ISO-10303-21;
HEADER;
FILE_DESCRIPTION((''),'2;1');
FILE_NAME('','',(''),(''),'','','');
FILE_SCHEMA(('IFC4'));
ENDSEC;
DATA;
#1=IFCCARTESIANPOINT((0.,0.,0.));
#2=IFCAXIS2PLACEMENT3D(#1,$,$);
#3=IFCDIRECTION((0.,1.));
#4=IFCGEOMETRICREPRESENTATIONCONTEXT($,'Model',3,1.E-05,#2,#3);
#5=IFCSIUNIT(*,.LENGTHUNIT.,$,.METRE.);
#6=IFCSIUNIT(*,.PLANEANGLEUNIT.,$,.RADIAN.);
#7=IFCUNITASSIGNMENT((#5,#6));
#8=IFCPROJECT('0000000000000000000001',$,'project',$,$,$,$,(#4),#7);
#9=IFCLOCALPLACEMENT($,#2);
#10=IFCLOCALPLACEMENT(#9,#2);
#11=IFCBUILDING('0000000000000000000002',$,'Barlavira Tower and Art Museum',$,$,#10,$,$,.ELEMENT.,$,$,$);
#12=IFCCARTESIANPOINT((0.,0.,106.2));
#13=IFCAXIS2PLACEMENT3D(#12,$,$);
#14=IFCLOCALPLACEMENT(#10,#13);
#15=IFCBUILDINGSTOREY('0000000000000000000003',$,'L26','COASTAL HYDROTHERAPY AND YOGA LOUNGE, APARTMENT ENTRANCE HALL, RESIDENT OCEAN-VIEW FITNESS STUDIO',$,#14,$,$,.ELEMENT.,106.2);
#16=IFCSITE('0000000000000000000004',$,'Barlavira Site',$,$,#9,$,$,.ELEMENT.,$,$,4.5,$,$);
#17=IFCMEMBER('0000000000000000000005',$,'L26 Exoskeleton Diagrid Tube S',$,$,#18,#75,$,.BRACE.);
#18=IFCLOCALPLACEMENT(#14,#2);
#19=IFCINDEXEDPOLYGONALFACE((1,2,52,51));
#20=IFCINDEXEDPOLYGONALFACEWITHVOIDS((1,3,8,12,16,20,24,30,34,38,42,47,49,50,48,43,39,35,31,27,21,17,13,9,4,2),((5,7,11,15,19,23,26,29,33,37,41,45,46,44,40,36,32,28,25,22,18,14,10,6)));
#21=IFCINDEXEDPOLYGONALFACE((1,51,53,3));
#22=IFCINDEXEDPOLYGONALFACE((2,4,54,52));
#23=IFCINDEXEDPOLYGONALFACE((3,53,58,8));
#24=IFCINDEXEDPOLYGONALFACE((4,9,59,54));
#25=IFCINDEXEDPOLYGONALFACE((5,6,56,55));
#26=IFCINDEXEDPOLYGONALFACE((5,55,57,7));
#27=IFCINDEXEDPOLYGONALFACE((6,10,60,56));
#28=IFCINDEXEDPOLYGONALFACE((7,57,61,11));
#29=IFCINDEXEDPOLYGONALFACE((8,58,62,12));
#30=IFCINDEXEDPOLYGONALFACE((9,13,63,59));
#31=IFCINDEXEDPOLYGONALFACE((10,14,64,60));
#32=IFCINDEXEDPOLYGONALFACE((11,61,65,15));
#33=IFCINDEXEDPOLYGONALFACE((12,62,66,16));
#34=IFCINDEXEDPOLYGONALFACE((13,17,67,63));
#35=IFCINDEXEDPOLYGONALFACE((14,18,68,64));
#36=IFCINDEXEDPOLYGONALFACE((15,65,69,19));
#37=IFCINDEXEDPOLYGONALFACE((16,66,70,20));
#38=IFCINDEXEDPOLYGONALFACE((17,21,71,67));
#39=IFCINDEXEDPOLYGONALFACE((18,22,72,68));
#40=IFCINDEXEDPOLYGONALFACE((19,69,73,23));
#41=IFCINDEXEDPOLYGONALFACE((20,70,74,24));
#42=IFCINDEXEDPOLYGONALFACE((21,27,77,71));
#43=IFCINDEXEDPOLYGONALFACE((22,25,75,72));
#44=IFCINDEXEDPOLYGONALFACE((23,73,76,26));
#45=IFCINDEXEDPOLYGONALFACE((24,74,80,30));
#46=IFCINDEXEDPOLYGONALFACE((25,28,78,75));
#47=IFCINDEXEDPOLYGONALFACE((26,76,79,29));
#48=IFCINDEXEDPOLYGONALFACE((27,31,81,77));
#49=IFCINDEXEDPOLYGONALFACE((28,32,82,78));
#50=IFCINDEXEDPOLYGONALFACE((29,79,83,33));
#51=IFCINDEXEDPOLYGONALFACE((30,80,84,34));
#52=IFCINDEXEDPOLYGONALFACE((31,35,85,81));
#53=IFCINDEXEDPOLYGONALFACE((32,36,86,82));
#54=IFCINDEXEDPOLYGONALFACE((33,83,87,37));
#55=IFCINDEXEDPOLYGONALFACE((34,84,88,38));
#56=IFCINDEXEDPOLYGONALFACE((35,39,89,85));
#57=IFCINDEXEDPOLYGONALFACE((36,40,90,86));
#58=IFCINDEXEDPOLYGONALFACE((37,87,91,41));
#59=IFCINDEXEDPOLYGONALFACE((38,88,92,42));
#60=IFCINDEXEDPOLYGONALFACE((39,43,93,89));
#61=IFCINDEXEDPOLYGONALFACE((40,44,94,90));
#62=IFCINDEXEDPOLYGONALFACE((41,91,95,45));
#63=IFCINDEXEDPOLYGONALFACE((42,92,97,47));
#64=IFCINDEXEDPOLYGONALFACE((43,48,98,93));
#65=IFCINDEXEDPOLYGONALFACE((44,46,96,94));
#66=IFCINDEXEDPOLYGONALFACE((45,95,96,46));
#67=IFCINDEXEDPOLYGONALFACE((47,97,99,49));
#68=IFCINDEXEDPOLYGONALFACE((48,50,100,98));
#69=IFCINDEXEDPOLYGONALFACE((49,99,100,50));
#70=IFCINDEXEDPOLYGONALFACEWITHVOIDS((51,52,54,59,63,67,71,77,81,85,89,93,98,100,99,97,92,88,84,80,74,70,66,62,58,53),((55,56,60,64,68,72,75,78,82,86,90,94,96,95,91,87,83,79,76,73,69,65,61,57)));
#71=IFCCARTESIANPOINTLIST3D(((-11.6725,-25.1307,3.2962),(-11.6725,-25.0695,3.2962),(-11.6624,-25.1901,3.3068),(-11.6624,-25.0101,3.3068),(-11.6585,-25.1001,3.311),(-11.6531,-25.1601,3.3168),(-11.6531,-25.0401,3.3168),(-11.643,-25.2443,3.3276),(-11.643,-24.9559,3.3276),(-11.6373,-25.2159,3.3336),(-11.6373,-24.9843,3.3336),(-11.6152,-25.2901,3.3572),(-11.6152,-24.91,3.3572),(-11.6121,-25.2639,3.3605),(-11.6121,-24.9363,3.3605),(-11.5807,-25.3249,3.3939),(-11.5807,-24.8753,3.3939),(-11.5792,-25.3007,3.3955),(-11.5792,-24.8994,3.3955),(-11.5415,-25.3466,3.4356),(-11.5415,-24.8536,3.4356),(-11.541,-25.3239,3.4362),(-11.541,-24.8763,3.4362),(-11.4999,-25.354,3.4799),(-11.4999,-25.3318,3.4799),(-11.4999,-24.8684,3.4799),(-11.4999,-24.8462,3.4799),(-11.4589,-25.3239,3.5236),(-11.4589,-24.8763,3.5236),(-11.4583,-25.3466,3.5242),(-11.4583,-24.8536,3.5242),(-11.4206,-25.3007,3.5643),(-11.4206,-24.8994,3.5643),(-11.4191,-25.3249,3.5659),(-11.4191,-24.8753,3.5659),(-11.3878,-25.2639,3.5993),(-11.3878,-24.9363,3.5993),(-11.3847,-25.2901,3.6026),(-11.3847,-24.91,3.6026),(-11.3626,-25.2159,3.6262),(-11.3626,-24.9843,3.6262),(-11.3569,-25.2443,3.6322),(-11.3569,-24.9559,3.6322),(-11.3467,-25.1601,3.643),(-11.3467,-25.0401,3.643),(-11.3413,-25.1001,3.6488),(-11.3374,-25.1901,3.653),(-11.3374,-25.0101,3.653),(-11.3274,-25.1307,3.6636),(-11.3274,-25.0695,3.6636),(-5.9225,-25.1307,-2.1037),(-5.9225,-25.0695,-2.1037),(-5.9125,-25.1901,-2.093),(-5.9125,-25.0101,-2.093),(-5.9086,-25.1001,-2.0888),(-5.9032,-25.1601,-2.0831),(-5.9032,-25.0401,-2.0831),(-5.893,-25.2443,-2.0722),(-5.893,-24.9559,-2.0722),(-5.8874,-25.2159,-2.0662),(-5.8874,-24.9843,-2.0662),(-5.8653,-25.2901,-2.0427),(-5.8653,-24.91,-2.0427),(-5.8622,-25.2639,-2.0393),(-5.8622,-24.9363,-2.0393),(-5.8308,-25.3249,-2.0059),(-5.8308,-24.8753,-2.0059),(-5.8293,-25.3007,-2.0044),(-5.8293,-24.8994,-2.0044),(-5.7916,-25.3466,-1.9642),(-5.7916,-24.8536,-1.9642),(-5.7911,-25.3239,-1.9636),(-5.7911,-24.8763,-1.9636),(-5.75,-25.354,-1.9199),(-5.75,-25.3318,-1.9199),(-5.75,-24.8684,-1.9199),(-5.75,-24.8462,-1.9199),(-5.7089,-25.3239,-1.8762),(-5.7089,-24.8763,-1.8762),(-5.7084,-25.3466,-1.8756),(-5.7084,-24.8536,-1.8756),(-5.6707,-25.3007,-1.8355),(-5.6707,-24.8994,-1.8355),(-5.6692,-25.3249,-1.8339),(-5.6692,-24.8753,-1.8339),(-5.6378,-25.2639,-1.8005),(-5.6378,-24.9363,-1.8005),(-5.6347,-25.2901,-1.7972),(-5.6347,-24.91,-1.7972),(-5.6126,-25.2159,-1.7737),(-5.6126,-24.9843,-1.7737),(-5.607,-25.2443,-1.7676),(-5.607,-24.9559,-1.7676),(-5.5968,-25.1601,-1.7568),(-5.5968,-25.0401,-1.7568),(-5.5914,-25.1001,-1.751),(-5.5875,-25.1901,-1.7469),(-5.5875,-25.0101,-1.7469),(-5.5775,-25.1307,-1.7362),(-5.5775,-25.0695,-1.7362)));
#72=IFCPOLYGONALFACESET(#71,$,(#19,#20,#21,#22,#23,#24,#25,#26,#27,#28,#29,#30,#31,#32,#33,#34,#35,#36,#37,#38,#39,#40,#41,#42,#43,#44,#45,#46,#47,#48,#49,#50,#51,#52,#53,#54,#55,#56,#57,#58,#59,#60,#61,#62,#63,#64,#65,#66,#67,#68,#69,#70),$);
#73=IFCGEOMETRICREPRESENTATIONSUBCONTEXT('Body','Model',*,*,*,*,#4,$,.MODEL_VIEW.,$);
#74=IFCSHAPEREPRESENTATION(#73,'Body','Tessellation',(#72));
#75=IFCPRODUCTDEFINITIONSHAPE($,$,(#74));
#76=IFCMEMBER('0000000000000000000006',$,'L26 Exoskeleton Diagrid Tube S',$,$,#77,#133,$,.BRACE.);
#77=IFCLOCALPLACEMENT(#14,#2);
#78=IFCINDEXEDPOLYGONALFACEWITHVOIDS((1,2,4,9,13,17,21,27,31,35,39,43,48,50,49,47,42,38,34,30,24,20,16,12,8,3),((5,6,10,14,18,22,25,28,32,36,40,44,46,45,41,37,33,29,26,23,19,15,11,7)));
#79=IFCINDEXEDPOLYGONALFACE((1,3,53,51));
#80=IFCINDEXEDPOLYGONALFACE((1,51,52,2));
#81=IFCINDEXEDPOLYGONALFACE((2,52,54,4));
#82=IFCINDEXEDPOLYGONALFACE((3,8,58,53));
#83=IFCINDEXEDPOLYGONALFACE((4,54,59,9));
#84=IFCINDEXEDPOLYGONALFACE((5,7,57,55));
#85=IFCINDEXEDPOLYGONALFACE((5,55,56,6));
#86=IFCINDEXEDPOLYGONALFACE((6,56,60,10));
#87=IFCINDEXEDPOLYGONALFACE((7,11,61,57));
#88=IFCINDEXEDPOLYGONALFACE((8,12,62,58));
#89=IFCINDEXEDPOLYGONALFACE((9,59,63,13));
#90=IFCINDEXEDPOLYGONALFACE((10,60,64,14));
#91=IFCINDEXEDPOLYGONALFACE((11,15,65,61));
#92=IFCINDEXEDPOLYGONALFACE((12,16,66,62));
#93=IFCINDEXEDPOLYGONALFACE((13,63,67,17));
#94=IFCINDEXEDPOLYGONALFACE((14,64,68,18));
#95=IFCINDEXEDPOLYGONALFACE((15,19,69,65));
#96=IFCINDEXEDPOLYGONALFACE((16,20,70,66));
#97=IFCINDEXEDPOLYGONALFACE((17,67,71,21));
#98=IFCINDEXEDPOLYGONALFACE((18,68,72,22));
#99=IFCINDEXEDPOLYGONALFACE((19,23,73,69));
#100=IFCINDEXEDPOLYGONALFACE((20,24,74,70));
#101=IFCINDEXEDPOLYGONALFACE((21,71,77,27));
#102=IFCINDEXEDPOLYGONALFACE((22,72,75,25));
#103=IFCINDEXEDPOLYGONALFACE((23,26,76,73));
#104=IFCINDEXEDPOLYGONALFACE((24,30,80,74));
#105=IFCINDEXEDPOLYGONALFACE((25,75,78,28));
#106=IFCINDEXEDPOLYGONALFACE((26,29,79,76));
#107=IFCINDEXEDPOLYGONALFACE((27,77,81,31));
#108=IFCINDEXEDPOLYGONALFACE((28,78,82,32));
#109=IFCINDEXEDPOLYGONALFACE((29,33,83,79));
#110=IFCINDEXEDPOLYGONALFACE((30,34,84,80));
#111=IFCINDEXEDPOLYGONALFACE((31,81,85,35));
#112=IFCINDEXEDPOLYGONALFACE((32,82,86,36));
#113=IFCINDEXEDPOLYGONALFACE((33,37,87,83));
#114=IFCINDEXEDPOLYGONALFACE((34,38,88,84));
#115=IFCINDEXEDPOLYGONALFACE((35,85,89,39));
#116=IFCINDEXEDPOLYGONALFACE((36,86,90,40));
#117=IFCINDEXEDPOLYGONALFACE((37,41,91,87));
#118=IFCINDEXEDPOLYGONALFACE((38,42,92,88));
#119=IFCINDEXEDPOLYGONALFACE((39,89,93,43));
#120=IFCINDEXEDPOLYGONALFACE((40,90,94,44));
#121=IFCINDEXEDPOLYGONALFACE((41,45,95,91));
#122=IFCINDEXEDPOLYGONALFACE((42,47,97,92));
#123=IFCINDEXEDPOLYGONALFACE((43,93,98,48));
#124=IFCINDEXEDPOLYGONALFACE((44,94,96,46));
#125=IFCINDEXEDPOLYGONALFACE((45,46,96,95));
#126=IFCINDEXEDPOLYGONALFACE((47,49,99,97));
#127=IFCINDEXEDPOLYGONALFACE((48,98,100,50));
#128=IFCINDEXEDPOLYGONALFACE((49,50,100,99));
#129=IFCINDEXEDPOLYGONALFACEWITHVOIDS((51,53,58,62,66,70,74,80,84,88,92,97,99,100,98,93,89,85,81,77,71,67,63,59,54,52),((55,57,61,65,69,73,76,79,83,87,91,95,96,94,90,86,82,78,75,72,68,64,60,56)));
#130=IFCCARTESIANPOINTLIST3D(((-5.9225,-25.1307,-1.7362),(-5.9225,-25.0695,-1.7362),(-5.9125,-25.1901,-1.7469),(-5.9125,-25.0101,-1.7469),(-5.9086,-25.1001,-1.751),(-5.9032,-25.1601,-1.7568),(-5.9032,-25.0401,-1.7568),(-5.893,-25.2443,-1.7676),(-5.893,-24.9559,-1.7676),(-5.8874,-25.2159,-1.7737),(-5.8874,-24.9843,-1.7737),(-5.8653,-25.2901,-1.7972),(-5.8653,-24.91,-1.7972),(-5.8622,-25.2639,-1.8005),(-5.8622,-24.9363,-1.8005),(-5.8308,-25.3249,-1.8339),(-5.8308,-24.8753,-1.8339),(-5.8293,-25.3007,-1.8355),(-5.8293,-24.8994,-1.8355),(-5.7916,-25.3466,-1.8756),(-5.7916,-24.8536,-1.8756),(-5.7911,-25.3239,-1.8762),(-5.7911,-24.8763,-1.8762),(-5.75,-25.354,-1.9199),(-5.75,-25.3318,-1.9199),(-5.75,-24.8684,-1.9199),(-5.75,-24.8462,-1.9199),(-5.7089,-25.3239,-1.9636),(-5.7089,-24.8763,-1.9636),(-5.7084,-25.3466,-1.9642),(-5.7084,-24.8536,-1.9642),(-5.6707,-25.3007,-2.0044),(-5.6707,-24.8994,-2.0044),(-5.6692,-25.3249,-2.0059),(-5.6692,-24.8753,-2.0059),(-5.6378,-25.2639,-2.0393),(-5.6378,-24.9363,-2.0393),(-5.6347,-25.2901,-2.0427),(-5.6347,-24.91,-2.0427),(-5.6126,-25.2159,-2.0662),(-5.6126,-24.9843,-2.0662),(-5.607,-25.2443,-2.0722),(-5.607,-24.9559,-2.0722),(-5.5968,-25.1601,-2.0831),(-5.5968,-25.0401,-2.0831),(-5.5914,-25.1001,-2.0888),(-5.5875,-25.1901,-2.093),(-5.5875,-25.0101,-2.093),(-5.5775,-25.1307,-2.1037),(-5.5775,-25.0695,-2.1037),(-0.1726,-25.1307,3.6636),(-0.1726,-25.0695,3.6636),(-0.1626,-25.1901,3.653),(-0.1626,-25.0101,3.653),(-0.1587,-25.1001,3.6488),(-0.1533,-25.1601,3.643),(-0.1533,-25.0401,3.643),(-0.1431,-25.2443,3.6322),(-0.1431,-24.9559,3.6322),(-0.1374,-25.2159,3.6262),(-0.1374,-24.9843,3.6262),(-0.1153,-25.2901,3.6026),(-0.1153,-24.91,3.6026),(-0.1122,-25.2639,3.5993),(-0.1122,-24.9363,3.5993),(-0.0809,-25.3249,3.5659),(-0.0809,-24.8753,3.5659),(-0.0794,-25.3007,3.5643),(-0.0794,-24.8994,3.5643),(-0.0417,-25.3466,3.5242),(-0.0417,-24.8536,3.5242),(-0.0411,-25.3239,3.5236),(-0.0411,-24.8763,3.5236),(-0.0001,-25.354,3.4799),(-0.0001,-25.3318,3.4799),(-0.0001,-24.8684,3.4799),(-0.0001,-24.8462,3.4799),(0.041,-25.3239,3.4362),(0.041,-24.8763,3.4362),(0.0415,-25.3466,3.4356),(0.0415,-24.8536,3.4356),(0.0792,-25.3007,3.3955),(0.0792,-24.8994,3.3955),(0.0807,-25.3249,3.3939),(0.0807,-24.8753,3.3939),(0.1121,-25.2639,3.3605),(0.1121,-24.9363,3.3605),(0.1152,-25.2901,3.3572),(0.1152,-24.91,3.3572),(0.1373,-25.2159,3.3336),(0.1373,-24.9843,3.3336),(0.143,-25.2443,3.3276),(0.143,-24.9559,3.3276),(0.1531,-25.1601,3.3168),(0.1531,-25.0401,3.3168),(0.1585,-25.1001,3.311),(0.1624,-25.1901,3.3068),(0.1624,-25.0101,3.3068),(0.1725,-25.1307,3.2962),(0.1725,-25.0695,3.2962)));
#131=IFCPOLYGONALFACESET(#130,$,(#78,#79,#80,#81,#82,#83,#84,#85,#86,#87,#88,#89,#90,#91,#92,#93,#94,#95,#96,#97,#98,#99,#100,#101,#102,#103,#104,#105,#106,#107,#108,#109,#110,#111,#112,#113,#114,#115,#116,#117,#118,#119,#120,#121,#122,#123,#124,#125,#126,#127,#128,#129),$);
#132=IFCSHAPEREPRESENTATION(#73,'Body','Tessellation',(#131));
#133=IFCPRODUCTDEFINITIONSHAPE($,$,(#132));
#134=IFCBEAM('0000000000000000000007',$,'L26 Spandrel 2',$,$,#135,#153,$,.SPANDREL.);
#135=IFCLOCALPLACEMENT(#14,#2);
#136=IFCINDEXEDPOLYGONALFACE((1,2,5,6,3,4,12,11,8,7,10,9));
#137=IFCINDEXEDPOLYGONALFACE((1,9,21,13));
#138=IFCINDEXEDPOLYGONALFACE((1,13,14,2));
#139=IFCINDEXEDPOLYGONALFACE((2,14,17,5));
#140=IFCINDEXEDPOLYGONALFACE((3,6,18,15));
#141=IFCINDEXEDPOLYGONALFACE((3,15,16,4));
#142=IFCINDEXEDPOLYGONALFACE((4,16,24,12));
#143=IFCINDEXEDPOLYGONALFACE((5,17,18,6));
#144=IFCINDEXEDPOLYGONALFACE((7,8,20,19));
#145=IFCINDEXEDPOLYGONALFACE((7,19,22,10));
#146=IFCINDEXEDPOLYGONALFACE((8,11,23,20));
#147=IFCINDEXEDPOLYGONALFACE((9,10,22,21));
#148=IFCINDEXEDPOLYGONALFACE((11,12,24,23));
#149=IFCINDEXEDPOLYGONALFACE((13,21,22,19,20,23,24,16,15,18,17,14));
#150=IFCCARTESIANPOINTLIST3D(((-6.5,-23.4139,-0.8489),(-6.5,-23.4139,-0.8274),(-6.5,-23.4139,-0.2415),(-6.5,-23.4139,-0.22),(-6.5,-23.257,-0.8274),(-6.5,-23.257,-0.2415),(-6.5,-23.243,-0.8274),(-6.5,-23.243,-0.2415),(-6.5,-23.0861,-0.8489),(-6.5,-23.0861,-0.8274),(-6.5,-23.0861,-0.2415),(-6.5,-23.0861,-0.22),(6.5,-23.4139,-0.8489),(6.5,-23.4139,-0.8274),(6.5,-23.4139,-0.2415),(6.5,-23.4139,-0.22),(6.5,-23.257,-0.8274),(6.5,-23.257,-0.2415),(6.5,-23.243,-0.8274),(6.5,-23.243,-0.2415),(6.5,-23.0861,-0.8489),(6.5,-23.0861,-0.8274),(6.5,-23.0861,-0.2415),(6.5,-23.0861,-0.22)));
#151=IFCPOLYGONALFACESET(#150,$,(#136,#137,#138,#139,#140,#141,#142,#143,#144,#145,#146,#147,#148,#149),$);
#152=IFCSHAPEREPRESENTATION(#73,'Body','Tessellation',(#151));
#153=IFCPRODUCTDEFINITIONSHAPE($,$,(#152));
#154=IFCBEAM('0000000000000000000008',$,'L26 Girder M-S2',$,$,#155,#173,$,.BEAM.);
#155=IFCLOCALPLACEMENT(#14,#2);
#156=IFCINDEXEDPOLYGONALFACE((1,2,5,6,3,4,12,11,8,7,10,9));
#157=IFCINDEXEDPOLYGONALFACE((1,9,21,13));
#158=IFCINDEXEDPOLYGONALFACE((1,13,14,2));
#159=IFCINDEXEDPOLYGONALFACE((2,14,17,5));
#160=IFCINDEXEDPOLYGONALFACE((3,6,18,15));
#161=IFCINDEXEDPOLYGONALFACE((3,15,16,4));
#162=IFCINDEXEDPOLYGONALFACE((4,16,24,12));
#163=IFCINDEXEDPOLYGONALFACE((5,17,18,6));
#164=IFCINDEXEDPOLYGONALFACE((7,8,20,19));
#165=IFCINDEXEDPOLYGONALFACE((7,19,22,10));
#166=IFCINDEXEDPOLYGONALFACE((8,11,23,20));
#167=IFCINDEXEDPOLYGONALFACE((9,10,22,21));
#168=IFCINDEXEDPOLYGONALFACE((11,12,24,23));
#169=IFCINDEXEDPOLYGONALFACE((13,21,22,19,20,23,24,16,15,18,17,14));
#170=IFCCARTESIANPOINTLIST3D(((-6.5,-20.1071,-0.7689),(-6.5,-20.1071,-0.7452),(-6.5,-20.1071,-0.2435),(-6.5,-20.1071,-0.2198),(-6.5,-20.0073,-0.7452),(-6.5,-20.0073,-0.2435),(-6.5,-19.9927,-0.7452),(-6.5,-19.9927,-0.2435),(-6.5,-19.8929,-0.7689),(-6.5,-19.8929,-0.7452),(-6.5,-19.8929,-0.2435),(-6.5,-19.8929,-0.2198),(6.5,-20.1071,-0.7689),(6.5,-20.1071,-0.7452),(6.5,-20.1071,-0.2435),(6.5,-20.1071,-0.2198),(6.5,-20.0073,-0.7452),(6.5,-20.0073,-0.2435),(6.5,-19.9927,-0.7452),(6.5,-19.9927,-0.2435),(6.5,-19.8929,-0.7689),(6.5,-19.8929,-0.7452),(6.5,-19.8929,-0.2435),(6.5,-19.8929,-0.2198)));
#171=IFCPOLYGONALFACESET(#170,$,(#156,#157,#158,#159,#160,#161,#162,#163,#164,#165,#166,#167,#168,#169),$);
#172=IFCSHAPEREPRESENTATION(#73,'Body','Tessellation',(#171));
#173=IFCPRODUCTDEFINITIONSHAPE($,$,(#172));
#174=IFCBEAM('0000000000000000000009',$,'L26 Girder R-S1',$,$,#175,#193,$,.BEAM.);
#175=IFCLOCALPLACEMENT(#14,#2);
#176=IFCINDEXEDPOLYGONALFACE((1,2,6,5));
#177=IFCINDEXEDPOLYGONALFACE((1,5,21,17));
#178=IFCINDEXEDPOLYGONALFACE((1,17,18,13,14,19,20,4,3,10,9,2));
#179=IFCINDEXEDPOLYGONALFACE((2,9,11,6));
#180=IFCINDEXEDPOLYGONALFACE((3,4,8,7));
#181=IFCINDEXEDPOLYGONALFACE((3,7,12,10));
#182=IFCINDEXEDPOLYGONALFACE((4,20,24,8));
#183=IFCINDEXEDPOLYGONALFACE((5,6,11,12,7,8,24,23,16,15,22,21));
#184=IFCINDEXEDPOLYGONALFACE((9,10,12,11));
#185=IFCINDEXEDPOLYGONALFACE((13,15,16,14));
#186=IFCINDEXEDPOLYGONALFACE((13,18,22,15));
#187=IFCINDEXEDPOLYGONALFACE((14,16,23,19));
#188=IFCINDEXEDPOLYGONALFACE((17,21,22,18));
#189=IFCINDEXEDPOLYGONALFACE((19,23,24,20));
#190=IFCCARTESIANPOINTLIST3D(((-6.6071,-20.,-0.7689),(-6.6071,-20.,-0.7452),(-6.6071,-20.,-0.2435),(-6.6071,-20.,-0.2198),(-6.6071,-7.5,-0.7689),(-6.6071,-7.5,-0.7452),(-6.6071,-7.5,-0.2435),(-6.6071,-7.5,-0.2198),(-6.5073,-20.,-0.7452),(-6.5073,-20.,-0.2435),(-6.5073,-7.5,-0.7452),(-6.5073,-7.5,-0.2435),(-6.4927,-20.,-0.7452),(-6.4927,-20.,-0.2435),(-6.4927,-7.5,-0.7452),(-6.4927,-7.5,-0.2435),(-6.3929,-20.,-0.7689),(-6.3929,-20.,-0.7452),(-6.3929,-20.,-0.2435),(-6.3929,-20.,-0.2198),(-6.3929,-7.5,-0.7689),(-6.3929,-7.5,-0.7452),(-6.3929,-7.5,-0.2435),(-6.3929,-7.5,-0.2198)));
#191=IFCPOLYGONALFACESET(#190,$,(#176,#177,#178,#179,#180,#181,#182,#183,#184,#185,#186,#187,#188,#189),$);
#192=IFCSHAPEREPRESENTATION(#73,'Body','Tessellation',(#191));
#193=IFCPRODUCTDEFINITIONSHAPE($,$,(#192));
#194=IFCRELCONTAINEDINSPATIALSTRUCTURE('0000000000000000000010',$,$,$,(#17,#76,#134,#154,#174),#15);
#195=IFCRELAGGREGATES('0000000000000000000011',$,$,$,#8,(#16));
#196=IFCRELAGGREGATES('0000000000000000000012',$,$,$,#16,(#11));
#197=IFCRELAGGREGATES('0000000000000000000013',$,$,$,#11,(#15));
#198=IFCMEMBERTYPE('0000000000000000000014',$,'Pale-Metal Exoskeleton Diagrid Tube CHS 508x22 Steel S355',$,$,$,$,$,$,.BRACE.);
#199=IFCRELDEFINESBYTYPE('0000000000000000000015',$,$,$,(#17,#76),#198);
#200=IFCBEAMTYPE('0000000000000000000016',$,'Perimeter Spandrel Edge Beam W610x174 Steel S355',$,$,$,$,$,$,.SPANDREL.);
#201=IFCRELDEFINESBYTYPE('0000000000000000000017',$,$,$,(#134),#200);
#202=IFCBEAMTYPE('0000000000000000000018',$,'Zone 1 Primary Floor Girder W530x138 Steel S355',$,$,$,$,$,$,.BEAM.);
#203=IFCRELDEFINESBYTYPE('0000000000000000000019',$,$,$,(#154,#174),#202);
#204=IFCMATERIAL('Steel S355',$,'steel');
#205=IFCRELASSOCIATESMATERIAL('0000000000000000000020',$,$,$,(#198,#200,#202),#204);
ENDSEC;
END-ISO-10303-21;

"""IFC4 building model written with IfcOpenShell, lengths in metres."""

from ifc_helpers import new_model, si_unit, direction, frame, origin, origin_2d, place, context, subcontext, project, spatial, hollow_circle, i_section, extrude, material, material_profile, profile_set, type_object, element, save


model = new_model("IFC4")

# Units and contexts
model_context = context("Model", 3, precision=1e-05, world=origin(), true_north=direction((0.0, 1.0)))
body_context = subcontext(model_context, "Body", "Model", "MODEL_VIEW")
ifc_project = project(units=[si_unit("LENGTHUNIT", "METRE"), si_unit("PLANEANGLEUNIT", "RADIAN")], contexts=[model_context])

# Site, building, storey
site_placement = place(None, origin())
site = spatial("IfcSite", under=ifc_project, at=site_placement, Name="Barlavira Site", CompositionType="ELEMENT", RefElevation=4.5)
building_placement = place(site_placement, origin())
building = spatial("IfcBuilding", under=site, at=building_placement, Name="Barlavira Tower and Art Museum", CompositionType="ELEMENT")
storey_placement = place(building_placement, frame((0.0, 0.0, 106.2)))
storey = spatial("IfcBuildingStorey", under=building, at=storey_placement, Name="L26", Description="COASTAL HYDROTHERAPY AND YOGA LOUNGE, APARTMENT ENTRANCE HALL, RESIDENT OCEAN-VIEW FITNESS STUDIO", CompositionType="ELEMENT", Elevation=106.2)

# Members
ifc_material_1 = material(Name="Steel S355", Category="steel")
ifc_material_profile_1 = material_profile(ifc_material_1, hollow_circle(Radius=0.2539, WallThickness=0.0222, at=origin_2d()), Name="CHS 508.0x22.2")
ifc_profile_set_1 = profile_set([ifc_material_profile_1], Name="Steel S355")
member_type_1 = type_object("IfcMemberType", Name="Pale-Metal Exoskeleton Diagrid Tube CHS 508x22 Steel S355", PredefinedType="BRACE", material=ifc_profile_set_1)
for number, where, z_axis, x_axis, name in (
    (1, (-5.75, -25.1001, -1.9199), (-0.72895, 0.0, 0.684567), (0.0, -1.0, 0.0), "L26 Exoskeleton Diagrid Tube S"),
    (2, (-5.75, -25.1001, -1.9199), (0.72895, 0.0, 0.684567), (0.0, 1.0, 0.0), "L26 Exoskeleton Diagrid Tube S"),
):
    element("IfcMember", number, at=place(storey_placement, frame(where, z_axis=z_axis, x_axis=x_axis)), inside=storey, type_object=member_type_1, Name=name, PredefinedType="BRACE", context=body_context, shape_type="SweptSolid", body=[
        extrude(hollow_circle(Radius=0.2539, WallThickness=0.0222, at=origin_2d()), origin(), (0.0, 0.0, 1.0), 7.8879),
    ])

# Beams
ifc_material_profile_2 = material_profile(ifc_material_1, i_section(OverallWidth=0.3279, OverallDepth=0.6289, WebThickness=0.0139, FlangeThickness=0.0215, at=origin_2d()), Name="W610x174.0")
ifc_profile_set_2 = profile_set([ifc_material_profile_2], Name="Steel S355")
beam_type_1 = type_object("IfcBeamType", Name="Perimeter Spandrel Edge Beam W610x174 Steel S355", PredefinedType="SPANDREL", material=ifc_profile_set_2)
beam_1_placement = place(storey_placement, frame((-6.5, -23.25, -0.5344), z_axis=(1.0, 0.0, 0.0), x_axis=(0.0, 1.0, 0.0)))
element("IfcBeam", 3, at=beam_1_placement, inside=storey, type_object=beam_type_1, Name="L26 Spandrel 2", PredefinedType="SPANDREL", context=body_context, shape_type="SweptSolid", body=[
    extrude(i_section(OverallWidth=0.3279, OverallDepth=0.6289, WebThickness=0.0139, FlangeThickness=0.0215, at=origin_2d()), origin(), (0.0, 0.0, 1.0), 13.0),
])
ifc_material_profile_3 = material_profile(ifc_material_1, i_section(OverallWidth=0.2141, OverallDepth=0.5491, WebThickness=0.0146, FlangeThickness=0.0237, at=origin_2d()), Name="W530x138.0")
ifc_profile_set_3 = profile_set([ifc_material_profile_3], Name="Steel S355")
beam_type_2 = type_object("IfcBeamType", Name="Zone 1 Primary Floor Girder W530x138 Steel S355", PredefinedType="BEAM", material=ifc_profile_set_3)
beam_2_placement = place(storey_placement, frame((-6.5, -20.0, -0.4944), z_axis=(1.0, 0.0, 0.0), x_axis=(0.0, 1.0, 0.0)))
element("IfcBeam", 4, at=beam_2_placement, inside=storey, type_object=beam_type_2, Name="L26 Girder M-S2", PredefinedType="BEAM", context=body_context, shape_type="SweptSolid", body=[
    extrude(i_section(OverallWidth=0.2141, OverallDepth=0.5491, WebThickness=0.0146, FlangeThickness=0.0237, at=origin_2d()), origin(), (0.0, 0.0, 1.0), 13.0),
])
beam_3_placement = place(storey_placement, frame((-6.5, -20.0, -0.4944), z_axis=(0.0, 1.0, 0.0), x_axis=(-1.0, 0.0, 0.0)))
element("IfcBeam", 5, at=beam_3_placement, inside=storey, type_object=beam_type_2, Name="L26 Girder R-S1", PredefinedType="BEAM", context=body_context, shape_type="SweptSolid", body=[
    extrude(i_section(OverallWidth=0.2141, OverallDepth=0.5491, WebThickness=0.0146, FlangeThickness=0.0237, at=origin_2d()), origin(), (0.0, 0.0, 1.0), 12.5),
])

save(model, "model.ifc")
